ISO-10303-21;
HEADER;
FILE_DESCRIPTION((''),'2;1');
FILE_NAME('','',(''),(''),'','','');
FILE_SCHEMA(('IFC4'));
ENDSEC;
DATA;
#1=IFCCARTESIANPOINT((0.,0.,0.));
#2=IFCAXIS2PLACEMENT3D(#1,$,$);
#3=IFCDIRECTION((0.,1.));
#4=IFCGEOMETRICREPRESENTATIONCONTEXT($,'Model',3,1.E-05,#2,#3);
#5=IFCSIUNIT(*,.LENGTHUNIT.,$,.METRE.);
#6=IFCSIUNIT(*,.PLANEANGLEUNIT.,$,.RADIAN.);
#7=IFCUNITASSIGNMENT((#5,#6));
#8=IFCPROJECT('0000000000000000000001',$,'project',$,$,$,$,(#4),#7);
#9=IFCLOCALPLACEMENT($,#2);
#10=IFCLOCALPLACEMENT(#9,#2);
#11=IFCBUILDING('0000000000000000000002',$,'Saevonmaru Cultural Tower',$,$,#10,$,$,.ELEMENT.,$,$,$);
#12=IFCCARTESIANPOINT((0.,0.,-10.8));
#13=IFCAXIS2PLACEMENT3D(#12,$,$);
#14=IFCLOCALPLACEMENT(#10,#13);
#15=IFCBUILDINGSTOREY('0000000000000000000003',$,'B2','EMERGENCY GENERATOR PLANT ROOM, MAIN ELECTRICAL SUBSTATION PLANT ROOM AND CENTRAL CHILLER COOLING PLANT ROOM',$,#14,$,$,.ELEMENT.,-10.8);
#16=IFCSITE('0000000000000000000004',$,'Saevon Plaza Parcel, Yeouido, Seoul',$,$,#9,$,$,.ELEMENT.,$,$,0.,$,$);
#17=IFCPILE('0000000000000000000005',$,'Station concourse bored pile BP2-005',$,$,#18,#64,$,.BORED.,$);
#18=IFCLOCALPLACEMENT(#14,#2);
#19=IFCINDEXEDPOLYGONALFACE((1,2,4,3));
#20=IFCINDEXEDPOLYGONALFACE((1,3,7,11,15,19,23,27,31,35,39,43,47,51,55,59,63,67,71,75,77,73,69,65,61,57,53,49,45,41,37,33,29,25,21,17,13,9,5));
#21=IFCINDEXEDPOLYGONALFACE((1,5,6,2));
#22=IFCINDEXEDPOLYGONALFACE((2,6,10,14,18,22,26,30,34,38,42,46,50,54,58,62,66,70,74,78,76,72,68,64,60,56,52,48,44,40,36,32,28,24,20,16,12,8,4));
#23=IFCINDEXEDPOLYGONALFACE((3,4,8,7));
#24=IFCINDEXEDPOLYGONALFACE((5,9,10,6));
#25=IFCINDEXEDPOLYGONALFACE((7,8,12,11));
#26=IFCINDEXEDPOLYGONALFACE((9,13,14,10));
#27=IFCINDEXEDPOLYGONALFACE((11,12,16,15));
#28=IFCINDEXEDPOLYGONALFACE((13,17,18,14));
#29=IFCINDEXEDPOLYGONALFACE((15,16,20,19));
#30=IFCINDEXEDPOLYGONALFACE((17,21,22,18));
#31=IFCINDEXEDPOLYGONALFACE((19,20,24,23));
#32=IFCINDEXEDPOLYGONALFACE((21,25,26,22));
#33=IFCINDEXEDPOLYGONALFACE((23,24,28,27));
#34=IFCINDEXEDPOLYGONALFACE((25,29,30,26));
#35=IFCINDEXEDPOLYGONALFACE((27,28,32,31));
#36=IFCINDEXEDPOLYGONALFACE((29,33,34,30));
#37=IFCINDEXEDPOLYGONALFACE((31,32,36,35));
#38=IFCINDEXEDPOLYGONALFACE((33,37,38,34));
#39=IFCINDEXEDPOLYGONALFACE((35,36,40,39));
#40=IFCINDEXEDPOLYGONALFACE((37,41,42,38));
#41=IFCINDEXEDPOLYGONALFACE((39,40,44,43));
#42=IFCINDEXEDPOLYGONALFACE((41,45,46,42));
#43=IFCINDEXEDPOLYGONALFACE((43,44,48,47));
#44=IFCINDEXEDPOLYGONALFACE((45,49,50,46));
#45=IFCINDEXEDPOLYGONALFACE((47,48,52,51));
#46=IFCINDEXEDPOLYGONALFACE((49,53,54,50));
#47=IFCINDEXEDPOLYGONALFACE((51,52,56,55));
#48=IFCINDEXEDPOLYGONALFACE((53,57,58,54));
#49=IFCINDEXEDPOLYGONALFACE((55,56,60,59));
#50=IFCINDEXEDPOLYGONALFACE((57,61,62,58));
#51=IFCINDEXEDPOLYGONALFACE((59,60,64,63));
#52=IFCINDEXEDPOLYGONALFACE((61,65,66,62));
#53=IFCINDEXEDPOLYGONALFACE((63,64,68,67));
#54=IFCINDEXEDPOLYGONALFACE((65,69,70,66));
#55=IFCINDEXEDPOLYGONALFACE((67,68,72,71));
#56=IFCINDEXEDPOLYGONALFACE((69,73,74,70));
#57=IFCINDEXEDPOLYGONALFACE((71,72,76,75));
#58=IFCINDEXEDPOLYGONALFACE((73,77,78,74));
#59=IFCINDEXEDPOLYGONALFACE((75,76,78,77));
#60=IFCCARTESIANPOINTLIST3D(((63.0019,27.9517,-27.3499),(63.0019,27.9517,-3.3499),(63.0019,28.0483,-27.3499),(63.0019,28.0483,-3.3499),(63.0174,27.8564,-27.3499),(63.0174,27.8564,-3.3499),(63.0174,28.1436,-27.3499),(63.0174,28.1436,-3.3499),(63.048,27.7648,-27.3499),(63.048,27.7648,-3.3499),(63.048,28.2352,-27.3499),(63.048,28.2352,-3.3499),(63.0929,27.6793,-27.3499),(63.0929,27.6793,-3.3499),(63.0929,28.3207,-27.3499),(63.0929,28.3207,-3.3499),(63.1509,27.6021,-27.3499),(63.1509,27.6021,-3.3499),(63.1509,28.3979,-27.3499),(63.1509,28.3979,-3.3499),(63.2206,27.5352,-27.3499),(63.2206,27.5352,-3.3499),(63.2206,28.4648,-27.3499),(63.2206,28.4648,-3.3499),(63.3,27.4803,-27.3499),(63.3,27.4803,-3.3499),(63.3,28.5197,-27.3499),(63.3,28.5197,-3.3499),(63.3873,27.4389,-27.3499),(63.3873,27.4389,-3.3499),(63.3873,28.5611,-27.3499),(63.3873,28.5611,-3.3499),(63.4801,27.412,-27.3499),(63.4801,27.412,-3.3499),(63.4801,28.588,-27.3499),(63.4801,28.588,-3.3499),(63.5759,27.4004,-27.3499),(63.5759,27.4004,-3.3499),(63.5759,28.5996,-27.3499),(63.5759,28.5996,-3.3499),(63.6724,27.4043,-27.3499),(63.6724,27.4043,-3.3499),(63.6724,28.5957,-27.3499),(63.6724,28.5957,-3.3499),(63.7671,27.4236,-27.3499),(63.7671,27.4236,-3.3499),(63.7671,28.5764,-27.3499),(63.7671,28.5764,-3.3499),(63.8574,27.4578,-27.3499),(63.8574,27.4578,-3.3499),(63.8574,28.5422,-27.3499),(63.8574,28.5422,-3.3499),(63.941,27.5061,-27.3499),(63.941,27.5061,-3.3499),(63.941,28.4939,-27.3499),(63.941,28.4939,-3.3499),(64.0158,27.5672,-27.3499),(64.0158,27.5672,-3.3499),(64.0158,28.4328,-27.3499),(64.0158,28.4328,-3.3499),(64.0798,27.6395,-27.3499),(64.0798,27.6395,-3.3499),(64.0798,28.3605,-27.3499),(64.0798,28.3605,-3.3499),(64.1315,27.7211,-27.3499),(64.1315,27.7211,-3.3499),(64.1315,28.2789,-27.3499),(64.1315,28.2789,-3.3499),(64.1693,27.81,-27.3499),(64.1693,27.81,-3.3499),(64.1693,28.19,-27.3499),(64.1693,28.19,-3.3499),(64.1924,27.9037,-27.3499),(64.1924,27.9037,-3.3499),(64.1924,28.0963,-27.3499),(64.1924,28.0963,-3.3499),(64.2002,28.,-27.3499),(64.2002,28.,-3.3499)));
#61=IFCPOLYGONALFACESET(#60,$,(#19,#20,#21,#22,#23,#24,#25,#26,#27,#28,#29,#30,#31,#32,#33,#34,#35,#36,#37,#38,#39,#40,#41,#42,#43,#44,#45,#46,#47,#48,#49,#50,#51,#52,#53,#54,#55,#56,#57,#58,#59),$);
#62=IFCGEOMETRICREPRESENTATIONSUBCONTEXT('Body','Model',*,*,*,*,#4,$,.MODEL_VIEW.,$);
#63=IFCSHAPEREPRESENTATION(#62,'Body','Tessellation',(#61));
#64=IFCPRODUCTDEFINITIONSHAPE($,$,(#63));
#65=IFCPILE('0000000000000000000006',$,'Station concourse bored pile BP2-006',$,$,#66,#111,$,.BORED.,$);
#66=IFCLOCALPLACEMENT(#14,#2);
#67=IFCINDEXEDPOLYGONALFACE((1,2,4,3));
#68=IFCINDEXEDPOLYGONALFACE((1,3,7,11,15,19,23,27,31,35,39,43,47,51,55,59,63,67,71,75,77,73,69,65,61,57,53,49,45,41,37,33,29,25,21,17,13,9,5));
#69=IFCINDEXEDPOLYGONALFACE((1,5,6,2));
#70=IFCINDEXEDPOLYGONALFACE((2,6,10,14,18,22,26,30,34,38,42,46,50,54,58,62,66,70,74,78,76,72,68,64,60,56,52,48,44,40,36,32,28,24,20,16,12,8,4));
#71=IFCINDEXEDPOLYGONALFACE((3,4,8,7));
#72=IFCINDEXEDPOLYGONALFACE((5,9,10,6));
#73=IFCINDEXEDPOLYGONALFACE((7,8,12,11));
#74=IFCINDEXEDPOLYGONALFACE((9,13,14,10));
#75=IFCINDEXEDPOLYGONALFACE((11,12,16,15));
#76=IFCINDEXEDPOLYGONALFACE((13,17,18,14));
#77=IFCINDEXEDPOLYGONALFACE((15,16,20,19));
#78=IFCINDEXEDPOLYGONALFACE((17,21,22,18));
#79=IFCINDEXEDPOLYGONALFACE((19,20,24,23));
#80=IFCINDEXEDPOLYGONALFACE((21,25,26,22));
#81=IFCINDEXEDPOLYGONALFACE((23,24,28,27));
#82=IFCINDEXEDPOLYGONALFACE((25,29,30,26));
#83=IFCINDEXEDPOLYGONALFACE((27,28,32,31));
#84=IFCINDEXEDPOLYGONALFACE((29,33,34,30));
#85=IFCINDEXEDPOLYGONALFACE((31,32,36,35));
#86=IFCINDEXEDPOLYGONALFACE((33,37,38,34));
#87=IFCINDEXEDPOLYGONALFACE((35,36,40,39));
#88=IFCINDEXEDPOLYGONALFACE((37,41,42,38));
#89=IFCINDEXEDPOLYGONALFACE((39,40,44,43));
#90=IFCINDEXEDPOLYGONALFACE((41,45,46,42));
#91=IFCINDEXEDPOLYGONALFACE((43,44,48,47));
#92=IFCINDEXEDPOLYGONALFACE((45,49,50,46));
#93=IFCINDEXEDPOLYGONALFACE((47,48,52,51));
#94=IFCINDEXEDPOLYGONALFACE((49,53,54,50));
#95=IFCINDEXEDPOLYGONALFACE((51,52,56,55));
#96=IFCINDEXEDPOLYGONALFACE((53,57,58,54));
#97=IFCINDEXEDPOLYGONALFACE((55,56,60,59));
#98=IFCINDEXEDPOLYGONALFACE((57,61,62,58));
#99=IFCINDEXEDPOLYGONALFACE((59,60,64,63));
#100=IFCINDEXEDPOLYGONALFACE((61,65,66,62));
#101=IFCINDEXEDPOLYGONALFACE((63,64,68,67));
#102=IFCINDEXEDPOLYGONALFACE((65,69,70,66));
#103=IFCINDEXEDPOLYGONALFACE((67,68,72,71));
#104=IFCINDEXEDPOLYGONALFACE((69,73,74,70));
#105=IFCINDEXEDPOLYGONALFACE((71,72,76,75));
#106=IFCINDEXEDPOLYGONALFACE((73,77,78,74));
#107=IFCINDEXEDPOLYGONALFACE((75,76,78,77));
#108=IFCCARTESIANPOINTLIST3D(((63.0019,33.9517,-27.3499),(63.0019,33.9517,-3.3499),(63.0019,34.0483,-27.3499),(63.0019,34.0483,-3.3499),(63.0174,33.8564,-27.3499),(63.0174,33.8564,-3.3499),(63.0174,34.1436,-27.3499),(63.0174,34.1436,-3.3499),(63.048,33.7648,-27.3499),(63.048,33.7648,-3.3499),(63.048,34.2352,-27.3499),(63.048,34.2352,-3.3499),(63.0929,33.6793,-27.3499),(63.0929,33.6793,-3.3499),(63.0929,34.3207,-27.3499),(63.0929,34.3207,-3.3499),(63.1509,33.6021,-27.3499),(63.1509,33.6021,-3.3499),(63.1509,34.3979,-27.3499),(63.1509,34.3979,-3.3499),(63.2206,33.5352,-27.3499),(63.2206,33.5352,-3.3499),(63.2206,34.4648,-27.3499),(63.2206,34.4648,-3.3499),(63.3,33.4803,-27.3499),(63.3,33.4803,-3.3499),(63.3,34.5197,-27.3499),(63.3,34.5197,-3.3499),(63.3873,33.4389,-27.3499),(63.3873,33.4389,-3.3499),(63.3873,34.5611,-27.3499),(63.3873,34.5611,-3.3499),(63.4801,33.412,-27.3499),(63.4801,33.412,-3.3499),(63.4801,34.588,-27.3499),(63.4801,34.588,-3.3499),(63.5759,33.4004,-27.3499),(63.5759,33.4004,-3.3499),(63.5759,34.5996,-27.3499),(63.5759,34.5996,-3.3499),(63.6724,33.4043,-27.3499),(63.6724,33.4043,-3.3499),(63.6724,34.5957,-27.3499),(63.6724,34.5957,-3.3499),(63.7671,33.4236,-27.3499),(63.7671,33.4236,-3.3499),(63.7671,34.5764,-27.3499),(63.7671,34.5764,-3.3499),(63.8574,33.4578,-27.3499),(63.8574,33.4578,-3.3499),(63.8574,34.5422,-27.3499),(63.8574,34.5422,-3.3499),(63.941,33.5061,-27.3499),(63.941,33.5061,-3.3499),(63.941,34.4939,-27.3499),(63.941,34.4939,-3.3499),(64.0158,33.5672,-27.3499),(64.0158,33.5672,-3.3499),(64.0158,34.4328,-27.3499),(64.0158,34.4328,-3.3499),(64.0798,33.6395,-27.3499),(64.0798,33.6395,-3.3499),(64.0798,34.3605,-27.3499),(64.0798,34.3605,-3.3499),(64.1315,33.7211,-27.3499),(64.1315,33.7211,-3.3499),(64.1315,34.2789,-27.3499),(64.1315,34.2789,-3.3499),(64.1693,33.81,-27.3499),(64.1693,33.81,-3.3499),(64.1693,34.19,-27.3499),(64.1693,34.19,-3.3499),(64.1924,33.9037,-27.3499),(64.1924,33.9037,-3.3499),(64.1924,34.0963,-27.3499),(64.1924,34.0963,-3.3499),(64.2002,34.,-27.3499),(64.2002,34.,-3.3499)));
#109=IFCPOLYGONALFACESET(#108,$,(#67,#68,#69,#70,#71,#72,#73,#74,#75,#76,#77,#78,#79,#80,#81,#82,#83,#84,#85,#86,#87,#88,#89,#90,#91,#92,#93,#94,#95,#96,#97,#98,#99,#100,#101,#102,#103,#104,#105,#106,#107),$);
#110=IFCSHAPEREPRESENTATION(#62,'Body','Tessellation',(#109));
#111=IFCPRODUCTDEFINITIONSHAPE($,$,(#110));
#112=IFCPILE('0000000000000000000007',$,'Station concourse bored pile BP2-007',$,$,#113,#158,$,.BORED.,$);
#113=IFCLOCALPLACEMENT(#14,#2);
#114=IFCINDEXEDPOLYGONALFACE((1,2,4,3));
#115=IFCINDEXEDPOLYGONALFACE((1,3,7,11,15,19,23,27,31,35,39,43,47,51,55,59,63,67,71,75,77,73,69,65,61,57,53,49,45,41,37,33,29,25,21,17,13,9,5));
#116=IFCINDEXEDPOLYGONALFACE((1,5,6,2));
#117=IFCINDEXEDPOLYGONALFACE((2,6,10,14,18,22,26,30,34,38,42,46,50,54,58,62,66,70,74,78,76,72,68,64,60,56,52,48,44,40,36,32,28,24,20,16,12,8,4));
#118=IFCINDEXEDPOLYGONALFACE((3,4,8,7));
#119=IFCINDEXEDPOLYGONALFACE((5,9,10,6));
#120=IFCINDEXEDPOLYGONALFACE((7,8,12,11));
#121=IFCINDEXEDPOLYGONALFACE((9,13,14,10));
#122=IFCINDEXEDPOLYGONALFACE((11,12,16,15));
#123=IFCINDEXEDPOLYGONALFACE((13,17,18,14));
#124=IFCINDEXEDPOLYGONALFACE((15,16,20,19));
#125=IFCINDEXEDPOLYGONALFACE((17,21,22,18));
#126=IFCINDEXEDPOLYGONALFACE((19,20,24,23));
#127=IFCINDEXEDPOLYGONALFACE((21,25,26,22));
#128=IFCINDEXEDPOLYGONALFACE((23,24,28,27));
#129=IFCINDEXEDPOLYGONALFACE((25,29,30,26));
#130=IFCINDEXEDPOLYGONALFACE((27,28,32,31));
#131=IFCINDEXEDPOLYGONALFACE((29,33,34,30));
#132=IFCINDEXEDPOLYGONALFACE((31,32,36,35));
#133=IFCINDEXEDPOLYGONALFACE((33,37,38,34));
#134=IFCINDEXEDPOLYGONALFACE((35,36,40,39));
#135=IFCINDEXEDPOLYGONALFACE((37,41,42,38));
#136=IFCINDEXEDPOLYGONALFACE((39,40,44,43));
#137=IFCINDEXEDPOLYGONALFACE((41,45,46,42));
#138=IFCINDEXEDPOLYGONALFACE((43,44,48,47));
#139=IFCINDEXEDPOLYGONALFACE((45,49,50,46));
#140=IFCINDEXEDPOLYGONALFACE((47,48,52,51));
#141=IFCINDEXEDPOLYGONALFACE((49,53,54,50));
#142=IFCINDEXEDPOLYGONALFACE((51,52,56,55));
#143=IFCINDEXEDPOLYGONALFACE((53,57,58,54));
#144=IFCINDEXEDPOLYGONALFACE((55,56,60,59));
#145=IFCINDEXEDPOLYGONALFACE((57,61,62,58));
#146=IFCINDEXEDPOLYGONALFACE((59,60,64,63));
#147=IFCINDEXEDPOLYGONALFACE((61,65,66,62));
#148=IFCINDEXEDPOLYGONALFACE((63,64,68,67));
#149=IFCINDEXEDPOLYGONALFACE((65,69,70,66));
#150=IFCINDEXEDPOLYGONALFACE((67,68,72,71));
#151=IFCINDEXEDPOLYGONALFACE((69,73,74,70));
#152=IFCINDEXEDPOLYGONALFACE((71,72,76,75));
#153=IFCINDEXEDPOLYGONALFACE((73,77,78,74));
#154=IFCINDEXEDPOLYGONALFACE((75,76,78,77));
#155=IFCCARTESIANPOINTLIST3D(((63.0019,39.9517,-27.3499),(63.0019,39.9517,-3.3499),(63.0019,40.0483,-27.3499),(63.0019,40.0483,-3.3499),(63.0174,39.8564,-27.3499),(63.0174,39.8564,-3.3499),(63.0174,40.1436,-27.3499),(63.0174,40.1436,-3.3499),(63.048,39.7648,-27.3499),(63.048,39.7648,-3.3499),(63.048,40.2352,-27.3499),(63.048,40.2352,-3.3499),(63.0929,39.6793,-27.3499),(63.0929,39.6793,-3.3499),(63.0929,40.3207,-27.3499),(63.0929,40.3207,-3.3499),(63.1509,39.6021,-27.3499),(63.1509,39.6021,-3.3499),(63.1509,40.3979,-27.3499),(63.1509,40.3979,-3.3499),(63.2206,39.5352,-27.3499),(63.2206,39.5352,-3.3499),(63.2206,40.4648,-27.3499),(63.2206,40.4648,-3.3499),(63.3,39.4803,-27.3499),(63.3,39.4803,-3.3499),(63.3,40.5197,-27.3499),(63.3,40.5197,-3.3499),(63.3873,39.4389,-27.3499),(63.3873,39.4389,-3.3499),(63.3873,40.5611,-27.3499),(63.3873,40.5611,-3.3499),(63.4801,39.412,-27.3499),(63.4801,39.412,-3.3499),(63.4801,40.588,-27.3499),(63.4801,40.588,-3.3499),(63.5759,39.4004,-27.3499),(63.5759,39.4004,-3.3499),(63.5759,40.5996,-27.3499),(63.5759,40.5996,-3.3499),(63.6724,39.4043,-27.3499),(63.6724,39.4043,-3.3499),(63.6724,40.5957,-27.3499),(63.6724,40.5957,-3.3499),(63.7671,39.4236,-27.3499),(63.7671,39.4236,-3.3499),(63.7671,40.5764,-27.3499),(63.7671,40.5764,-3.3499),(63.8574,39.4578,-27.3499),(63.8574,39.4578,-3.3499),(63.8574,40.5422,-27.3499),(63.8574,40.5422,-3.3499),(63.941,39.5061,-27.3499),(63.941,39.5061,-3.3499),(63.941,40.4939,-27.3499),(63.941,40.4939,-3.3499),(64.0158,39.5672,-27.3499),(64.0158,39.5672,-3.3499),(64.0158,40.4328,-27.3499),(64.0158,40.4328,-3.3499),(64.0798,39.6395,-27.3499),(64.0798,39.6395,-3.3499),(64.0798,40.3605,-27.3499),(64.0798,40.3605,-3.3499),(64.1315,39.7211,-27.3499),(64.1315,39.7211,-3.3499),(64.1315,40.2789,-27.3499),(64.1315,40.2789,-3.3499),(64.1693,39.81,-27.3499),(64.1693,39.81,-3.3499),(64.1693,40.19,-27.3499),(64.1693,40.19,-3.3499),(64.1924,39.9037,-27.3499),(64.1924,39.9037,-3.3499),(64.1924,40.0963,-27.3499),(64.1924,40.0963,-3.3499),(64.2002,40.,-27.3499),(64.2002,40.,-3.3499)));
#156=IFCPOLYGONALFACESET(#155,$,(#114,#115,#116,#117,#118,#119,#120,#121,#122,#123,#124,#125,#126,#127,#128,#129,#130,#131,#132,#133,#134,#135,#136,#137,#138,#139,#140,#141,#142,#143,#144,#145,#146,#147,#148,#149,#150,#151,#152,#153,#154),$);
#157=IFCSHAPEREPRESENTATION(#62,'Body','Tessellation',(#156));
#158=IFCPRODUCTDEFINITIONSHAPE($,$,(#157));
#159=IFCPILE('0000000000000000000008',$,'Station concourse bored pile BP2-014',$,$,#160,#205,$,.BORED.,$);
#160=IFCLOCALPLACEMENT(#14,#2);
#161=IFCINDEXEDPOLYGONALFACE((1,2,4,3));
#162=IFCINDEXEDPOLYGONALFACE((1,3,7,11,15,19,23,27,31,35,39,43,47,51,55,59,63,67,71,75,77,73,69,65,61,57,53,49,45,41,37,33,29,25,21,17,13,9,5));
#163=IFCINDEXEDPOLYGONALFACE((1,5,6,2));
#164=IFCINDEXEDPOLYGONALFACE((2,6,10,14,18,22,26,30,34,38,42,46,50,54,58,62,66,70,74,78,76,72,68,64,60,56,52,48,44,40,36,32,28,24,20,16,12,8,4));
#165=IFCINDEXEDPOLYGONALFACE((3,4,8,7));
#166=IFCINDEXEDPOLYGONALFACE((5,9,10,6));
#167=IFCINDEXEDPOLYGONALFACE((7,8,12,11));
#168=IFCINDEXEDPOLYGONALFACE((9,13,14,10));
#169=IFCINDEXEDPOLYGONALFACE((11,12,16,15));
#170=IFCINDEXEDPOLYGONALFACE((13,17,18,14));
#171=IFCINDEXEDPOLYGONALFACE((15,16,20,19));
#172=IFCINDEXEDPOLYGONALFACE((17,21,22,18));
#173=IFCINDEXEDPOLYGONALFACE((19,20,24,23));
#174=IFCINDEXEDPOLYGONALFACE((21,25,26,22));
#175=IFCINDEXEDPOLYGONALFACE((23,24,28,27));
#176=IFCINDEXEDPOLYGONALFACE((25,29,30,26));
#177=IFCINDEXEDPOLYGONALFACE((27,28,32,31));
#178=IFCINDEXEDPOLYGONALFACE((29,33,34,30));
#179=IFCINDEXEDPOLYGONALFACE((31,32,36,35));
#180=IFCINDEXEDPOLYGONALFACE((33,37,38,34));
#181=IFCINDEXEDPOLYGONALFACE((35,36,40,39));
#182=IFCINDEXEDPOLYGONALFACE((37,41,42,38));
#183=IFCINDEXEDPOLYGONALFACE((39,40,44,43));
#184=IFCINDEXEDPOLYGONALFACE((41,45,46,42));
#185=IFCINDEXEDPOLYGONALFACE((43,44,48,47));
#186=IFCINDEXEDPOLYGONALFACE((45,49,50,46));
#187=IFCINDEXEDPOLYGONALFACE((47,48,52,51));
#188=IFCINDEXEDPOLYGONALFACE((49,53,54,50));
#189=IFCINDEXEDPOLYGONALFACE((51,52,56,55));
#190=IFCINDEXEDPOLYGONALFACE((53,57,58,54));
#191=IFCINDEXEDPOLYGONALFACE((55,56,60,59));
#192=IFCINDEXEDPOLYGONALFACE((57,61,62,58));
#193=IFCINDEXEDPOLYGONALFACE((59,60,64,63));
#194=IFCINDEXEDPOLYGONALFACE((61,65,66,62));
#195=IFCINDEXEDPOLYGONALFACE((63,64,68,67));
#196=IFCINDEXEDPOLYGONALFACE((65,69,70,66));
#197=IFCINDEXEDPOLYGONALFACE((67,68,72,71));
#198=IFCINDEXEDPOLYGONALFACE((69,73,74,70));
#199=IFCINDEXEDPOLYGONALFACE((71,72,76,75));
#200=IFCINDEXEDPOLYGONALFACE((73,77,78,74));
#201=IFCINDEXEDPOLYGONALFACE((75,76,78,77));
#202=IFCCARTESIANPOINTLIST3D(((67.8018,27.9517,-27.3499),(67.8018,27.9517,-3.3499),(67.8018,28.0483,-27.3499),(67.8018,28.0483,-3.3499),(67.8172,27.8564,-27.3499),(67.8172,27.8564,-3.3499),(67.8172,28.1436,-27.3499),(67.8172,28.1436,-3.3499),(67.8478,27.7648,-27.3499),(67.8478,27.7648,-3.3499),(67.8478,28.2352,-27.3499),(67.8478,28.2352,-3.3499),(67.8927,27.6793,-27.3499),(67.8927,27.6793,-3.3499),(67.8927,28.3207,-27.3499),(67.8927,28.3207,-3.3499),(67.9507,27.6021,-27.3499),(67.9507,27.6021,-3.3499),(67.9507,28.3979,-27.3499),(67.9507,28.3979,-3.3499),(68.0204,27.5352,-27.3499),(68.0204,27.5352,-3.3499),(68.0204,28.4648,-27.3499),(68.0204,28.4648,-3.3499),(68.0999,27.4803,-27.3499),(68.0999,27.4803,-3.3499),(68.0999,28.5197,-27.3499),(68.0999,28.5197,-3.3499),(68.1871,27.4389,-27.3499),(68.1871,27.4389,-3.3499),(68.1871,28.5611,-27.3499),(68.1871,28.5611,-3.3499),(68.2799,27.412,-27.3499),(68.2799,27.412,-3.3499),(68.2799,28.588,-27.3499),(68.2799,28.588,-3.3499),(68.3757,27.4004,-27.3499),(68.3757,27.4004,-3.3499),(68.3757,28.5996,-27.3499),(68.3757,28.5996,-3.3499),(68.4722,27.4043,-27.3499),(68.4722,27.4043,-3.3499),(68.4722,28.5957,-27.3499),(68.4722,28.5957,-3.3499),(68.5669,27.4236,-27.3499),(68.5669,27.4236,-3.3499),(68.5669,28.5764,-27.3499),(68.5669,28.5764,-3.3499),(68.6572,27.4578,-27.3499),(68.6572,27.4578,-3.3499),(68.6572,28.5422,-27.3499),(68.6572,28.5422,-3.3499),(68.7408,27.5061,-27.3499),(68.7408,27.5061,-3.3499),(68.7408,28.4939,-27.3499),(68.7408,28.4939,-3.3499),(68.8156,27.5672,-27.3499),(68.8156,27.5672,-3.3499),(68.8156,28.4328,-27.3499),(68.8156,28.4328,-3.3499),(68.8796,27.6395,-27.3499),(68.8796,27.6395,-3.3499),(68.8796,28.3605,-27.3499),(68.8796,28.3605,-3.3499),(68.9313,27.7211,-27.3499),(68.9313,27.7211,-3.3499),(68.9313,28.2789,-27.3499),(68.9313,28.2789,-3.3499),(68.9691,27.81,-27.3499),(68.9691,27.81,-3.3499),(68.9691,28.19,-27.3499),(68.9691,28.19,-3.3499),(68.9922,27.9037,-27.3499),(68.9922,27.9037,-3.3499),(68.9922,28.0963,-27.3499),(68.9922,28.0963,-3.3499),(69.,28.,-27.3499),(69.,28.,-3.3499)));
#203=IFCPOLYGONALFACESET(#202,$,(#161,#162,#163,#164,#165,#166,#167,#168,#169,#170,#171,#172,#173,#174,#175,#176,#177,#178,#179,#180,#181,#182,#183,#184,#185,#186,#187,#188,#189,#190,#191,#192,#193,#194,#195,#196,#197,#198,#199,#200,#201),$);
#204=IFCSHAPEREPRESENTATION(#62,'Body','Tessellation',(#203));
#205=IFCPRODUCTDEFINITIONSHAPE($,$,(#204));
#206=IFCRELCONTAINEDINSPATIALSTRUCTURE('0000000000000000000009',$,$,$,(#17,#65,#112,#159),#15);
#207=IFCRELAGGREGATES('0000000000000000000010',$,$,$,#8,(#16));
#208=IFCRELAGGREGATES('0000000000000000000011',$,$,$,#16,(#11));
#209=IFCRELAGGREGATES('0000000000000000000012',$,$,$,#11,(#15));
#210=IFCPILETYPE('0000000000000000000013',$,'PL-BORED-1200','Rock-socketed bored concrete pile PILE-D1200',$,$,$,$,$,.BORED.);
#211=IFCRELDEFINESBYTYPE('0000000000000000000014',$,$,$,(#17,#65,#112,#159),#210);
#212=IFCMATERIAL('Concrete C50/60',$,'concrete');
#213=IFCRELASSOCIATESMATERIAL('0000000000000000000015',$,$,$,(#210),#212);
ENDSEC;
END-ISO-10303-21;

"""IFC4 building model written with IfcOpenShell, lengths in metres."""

from ifc_helpers import new_model, si_unit, direction, frame, origin, origin_2d, place, context, subcontext, project, spatial, circle, extrude, material, material_profile, profile_set, type_object, element, save


model = new_model("IFC4")

# Units and contexts
model_context = context("Model", 3, precision=1e-05, world=origin(), true_north=direction((0.0, 1.0)))
body_context = subcontext(model_context, "Body", "Model", "MODEL_VIEW")
ifc_project = project(units=[si_unit("LENGTHUNIT", "METRE"), si_unit("PLANEANGLEUNIT", "RADIAN")], contexts=[model_context])

# Site, building, storey
site_placement = place(None, origin())
site = spatial("IfcSite", under=ifc_project, at=site_placement, Name="Saevon Plaza Parcel, Yeouido, Seoul", CompositionType="ELEMENT", RefElevation=0.0)
building_placement = place(site_placement, origin())
building = spatial("IfcBuilding", under=site, at=building_placement, Name="Saevonmaru Cultural Tower", CompositionType="ELEMENT")
storey_placement = place(building_placement, frame((0.0, 0.0, -10.8)))
storey = spatial("IfcBuildingStorey", under=building, at=storey_placement, Name="B2", Description="EMERGENCY GENERATOR PLANT ROOM, MAIN ELECTRICAL SUBSTATION PLANT ROOM AND CENTRAL CHILLER COOLING PLANT ROOM", CompositionType="ELEMENT", Elevation=-10.8)

# Piles
ifc_material_1 = material(Name="Concrete C50/60", Category="concrete")
ifc_material_profile_1 = material_profile(ifc_material_1, circle(Radius=0.6001, at=origin_2d()), Name="PILE-D1200")
ifc_profile_set_1 = profile_set([ifc_material_profile_1], Name="Concrete C50/60")
pile_type_1 = type_object("IfcPileType", Name="PL-BORED-1200", Description="Rock-socketed bored concrete pile PILE-D1200", PredefinedType="BORED", material=ifc_profile_set_1)
for number, where, z_axis, x_axis, name in (
    (1, (63.6001, 28.0, -3.3499), (0.0, 0.0, -1.0), (1.0, 0.0, 0.0), "Station concourse bored pile BP2-005"),
    (2, (63.6001, 34.0, -3.3499), (0.0, 0.0, -1.0), (1.0, 0.0, 0.0), "Station concourse bored pile BP2-006"),
    (3, (63.6001, 40.0, -3.3499), (0.0, 0.0, -1.0), (1.0, 0.0, 0.0), "Station concourse bored pile BP2-007"),
    (4, (68.3999, 28.0, -3.3499), (0.0, 0.0, -1.0), (1.0, 0.0, 0.0), "Station concourse bored pile BP2-014"),
):
    element("IfcPile", number, at=place(storey_placement, frame(where, z_axis=z_axis, x_axis=x_axis)), inside=storey, type_object=pile_type_1, Name=name, PredefinedType="BORED", context=body_context, shape_type="SweptSolid", body=[
        extrude(circle(Radius=0.6001, at=origin_2d()), origin(), (0.0, 0.0, 1.0), 24.0),
    ])

save(model, "model.ifc")
